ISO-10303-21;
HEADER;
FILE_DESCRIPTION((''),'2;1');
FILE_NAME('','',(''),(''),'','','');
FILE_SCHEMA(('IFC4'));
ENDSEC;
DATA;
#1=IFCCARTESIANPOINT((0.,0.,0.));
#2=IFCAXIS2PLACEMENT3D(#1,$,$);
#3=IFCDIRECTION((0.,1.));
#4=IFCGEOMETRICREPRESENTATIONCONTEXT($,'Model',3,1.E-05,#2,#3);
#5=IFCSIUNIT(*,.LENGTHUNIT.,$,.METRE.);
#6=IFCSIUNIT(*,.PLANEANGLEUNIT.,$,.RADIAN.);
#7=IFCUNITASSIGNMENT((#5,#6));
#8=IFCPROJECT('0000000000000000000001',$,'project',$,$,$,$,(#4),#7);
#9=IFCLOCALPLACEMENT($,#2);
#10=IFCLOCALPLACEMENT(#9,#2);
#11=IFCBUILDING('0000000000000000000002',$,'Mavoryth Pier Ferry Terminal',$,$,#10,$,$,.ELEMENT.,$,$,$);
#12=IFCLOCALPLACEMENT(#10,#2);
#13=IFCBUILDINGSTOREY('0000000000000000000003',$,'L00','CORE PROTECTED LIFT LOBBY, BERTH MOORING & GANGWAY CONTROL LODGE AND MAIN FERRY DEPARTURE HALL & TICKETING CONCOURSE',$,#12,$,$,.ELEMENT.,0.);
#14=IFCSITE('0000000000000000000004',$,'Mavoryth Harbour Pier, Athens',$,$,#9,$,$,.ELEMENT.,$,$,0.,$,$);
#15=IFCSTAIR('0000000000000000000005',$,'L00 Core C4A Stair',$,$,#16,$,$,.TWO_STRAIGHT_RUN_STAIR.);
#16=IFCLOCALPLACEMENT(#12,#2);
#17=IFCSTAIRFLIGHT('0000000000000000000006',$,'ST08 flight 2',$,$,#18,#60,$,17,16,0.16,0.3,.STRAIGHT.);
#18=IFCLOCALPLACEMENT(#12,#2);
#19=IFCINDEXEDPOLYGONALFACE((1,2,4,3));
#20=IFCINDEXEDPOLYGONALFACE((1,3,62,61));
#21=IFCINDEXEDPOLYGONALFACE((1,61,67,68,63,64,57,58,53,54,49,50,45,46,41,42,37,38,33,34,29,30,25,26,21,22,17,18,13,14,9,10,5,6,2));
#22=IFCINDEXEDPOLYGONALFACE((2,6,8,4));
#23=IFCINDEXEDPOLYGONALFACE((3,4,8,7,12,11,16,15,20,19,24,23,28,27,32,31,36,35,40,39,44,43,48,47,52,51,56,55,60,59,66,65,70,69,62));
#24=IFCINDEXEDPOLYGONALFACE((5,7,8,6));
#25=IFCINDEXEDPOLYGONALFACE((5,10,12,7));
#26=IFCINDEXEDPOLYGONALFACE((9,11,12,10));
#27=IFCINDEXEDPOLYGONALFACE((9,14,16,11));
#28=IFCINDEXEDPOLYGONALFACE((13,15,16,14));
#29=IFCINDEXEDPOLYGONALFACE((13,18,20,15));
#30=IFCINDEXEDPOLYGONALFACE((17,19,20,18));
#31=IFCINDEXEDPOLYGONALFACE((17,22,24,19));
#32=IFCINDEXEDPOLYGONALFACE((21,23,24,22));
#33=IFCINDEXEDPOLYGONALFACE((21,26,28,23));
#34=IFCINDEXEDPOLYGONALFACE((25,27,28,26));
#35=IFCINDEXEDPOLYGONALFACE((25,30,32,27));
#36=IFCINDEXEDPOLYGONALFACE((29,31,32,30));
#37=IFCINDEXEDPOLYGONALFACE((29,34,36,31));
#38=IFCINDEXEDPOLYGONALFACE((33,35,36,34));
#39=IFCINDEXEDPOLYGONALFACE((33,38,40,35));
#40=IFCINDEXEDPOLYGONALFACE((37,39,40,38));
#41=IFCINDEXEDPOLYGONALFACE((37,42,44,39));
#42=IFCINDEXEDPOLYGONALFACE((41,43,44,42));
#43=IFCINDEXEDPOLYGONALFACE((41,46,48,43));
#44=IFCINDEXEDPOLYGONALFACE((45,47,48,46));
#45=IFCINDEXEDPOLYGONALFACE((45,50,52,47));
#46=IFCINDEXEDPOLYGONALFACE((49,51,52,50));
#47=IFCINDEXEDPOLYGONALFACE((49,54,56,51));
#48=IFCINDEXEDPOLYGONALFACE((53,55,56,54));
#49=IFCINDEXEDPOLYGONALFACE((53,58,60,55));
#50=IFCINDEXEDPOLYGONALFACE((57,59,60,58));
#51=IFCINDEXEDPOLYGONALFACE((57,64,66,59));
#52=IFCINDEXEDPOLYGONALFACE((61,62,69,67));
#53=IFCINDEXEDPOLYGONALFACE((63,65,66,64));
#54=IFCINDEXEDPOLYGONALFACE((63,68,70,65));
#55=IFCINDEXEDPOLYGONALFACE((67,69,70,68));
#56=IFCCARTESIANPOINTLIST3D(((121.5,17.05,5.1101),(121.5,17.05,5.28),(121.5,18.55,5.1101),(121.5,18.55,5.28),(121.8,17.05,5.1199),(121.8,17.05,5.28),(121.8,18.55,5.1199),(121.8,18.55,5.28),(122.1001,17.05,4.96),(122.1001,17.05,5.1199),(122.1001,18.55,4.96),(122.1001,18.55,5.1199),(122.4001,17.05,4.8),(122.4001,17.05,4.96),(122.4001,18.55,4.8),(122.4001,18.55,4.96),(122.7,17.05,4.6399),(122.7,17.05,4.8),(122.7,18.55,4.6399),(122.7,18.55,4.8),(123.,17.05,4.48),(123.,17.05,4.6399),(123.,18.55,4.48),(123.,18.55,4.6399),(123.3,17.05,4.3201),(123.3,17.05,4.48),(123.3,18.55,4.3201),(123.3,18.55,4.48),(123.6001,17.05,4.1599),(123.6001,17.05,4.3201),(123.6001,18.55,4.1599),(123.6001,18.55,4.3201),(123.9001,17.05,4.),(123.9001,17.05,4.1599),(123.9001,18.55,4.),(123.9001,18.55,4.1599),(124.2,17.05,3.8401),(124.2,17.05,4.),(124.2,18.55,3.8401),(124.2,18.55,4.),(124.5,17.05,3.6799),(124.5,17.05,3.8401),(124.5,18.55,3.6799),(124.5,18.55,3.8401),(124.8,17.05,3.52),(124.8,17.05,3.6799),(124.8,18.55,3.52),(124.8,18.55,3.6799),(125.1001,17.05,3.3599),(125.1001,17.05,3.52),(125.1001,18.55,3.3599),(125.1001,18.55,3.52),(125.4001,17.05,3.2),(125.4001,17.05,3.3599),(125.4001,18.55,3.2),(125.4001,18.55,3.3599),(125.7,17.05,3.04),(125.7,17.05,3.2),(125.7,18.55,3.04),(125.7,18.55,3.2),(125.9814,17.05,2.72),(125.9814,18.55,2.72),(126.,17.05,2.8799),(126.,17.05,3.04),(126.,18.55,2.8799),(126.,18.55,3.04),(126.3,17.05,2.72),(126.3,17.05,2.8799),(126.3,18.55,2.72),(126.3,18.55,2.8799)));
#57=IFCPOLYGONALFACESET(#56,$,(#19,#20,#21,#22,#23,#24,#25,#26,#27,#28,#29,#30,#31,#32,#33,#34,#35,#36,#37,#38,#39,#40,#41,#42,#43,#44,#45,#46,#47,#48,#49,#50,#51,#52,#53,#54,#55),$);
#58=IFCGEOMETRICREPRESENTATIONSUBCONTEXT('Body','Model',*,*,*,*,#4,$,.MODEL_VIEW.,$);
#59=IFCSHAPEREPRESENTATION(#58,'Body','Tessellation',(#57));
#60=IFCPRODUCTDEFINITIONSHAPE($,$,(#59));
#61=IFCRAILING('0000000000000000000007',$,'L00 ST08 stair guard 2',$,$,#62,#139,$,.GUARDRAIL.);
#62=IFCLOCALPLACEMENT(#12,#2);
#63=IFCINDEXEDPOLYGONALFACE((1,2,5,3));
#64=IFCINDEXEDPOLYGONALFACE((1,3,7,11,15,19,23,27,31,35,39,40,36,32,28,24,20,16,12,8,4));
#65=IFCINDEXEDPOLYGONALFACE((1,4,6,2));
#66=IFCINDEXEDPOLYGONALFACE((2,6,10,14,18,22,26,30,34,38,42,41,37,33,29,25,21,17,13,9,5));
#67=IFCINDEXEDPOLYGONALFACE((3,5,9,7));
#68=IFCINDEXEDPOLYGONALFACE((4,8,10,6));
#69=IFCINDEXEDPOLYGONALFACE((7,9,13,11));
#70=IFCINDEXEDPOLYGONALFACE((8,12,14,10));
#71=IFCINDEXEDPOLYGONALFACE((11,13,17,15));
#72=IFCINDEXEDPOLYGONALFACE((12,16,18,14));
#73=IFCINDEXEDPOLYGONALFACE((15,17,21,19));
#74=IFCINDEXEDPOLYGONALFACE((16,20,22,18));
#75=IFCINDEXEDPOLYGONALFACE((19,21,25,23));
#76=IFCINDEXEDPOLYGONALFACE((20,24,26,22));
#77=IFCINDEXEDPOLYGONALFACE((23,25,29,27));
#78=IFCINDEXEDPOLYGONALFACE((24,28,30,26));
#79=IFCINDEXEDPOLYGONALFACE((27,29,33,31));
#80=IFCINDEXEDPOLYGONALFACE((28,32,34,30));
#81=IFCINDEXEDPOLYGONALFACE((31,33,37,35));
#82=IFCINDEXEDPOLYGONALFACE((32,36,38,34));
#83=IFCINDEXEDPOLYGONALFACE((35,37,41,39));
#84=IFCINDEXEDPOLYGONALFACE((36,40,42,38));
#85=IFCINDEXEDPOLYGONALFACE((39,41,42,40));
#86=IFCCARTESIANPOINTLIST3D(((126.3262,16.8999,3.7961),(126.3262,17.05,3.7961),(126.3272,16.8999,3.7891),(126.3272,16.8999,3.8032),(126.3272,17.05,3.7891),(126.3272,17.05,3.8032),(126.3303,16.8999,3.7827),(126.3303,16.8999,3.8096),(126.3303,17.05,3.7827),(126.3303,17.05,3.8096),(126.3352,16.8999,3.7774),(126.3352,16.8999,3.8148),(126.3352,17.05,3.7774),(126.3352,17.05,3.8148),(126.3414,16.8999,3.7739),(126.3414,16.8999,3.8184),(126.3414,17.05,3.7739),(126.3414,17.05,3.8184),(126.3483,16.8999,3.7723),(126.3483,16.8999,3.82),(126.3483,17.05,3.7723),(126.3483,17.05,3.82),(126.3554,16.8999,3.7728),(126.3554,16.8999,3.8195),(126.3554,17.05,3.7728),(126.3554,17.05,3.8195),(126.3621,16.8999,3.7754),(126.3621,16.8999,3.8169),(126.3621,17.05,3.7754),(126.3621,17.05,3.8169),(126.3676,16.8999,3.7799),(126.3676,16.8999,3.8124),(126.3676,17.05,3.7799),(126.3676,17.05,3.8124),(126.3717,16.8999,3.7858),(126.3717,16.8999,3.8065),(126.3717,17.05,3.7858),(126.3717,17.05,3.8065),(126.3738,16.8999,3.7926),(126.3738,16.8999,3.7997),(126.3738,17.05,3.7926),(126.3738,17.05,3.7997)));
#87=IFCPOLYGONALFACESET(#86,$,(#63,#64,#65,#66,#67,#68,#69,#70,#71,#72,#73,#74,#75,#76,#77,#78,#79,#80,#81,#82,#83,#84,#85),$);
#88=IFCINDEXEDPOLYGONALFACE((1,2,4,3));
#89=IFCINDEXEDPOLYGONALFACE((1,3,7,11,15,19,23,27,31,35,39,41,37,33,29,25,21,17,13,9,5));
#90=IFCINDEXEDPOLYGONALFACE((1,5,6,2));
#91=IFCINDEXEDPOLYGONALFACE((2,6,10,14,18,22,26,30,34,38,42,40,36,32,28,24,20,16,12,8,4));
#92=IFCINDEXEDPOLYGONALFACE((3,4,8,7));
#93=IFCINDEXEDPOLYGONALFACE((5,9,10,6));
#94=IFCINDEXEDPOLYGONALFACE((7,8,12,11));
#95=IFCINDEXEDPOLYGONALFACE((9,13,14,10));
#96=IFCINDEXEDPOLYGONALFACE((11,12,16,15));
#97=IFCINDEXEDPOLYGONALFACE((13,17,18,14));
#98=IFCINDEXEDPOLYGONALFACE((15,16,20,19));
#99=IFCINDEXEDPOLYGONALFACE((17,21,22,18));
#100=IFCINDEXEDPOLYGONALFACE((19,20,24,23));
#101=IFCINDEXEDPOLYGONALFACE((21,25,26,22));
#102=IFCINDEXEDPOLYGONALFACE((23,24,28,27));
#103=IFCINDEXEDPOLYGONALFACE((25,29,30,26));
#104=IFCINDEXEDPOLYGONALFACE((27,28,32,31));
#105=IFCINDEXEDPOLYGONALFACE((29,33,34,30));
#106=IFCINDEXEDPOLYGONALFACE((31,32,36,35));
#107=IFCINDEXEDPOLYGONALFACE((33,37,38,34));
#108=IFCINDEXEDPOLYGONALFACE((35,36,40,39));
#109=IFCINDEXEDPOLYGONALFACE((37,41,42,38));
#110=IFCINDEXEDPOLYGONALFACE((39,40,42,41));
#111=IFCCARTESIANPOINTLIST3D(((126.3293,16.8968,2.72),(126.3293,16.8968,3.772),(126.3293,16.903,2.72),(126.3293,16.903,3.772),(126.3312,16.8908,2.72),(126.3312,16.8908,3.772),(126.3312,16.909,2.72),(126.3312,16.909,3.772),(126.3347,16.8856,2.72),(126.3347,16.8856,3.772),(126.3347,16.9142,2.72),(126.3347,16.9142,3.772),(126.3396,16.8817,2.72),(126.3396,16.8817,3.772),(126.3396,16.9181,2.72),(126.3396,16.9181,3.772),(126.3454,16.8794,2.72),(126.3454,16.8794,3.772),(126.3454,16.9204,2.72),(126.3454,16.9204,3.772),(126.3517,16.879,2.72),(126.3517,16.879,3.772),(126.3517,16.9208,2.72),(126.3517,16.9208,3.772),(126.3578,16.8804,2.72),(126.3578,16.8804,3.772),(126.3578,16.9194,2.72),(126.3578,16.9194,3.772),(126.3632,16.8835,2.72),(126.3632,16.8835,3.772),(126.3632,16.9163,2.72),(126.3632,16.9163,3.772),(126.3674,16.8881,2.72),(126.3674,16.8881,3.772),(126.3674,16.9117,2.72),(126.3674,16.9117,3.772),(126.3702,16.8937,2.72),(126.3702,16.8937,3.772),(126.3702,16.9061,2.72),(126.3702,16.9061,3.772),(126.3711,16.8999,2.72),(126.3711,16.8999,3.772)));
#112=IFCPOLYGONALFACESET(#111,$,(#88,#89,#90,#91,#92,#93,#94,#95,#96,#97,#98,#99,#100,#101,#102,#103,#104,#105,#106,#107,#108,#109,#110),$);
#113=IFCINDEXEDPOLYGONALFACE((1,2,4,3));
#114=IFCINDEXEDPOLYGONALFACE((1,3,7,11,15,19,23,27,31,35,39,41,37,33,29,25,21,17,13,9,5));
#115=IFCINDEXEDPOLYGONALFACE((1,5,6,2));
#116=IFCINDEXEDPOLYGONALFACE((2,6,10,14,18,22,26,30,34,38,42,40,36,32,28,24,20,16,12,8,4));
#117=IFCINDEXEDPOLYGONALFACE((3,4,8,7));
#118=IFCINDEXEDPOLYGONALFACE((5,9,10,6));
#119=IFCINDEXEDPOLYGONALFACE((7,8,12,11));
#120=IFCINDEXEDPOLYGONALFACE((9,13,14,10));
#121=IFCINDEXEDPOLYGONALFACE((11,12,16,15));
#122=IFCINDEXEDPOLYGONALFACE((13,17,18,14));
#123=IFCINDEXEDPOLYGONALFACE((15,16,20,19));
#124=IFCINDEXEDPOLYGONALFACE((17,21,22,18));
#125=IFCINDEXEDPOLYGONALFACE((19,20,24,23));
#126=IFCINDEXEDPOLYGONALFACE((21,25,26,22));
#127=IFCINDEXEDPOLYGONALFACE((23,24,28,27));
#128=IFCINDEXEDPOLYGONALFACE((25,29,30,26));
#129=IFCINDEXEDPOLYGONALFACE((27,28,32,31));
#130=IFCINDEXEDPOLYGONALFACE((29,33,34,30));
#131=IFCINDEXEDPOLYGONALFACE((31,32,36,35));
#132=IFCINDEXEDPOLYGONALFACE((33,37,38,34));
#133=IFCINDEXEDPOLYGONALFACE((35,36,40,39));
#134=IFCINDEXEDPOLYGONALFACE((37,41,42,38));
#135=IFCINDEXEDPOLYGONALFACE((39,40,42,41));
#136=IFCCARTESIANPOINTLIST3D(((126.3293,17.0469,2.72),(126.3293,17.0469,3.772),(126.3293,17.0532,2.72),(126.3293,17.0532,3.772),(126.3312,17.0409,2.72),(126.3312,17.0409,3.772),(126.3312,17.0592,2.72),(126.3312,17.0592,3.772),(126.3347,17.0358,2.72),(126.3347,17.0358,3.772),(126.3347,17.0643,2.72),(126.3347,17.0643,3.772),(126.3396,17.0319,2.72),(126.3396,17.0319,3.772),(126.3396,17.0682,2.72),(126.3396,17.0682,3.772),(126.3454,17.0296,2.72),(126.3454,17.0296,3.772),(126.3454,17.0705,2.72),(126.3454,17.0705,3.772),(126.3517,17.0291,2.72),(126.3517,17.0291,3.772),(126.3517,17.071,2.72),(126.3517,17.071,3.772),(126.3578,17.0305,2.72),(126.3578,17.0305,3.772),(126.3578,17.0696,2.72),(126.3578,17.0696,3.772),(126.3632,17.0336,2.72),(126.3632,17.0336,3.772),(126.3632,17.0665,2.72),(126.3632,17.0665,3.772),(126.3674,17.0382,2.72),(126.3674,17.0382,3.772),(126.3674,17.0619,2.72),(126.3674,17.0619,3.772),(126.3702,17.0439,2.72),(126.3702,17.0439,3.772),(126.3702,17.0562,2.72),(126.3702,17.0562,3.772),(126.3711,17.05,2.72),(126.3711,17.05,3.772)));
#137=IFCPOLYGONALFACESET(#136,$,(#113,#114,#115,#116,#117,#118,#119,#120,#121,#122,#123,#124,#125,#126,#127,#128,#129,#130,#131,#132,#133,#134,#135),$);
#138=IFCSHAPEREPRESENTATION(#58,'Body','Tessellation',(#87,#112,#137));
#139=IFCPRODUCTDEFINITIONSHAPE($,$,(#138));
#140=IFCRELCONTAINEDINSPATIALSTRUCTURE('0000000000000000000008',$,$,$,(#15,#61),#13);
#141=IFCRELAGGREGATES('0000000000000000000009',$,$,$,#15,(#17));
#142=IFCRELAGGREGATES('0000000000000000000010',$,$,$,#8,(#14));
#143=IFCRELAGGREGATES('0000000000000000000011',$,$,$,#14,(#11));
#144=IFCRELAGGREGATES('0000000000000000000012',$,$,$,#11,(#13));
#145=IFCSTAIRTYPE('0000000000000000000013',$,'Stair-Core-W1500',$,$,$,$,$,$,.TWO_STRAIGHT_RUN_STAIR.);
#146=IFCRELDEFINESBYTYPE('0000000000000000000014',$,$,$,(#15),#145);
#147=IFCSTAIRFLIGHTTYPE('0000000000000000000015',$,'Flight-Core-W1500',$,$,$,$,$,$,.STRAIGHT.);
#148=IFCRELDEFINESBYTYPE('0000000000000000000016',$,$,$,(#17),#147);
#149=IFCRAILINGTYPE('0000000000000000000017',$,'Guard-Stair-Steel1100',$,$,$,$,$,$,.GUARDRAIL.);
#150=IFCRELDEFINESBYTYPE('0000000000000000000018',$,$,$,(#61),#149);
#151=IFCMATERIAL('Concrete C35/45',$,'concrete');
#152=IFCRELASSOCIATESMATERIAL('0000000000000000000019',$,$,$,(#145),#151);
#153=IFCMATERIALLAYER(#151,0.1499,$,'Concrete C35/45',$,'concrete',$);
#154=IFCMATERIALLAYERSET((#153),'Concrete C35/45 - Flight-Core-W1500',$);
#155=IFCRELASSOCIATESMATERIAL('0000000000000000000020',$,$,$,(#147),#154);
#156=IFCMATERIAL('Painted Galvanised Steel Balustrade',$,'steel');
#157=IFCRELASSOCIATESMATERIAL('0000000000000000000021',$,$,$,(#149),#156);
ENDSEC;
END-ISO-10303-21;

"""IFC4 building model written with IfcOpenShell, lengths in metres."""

from ifc_helpers import new_model, si_unit, direction, frame, origin, origin_2d, place, context, subcontext, project, spatial, polyline, circle, outline, extrude, material, layer, layer_set, type_object, element, aggregate, save


model = new_model("IFC4")

# Units and contexts
model_context = context("Model", 3, precision=1e-05, world=origin(), true_north=direction((0.0, 1.0)))
body_context = subcontext(model_context, "Body", "Model", "MODEL_VIEW")
ifc_project = project(units=[si_unit("LENGTHUNIT", "METRE"), si_unit("PLANEANGLEUNIT", "RADIAN")], contexts=[model_context])

# Site, building, storey
site_placement = place(None, origin())
site = spatial("IfcSite", under=ifc_project, at=site_placement, Name="Mavoryth Harbour Pier, Athens", CompositionType="ELEMENT", RefElevation=0.0)
building_placement = place(site_placement, origin())
building = spatial("IfcBuilding", under=site, at=building_placement, Name="Mavoryth Pier Ferry Terminal", CompositionType="ELEMENT")
storey_placement = place(building_placement, origin())
storey = spatial("IfcBuildingStorey", under=building, at=storey_placement, Name="L00", Description="CORE PROTECTED LIFT LOBBY, BERTH MOORING & GANGWAY CONTROL LODGE AND MAIN FERRY DEPARTURE HALL & TICKETING CONCOURSE", CompositionType="ELEMENT", Elevation=0.0)

# Shared definitions
ifc_material_1 = material(Name="Concrete C35/45", Category="concrete")

# Stair, stair flight
stair_type = type_object("IfcStairType", Name="Stair-Core-W1500", PredefinedType="TWO_STRAIGHT_RUN_STAIR", material=ifc_material_1)
stair_placement = place(storey_placement, origin())
stair = element("IfcStair", 1, at=stair_placement, inside=storey, type_object=stair_type, Name="L00 Core C4A Stair", PredefinedType="TWO_STRAIGHT_RUN_STAIR")
ifc_layer_1 = layer(ifc_material_1, 0.1499, Name="Concrete C35/45", Category="concrete")
ifc_layer_set_1 = layer_set([ifc_layer_1], Name="Concrete C35/45 - Flight-Core-W1500")
stair_flight_type = type_object("IfcStairFlightType", Name="Flight-Core-W1500", PredefinedType="STRAIGHT", material=ifc_layer_set_1)
stair_flight_placement = place(storey_placement, frame((126.3, 17.8, 2.72), z_axis=(0.0, 0.0, 1.0), x_axis=(-1.0, 0.0, 0.0)))
stair_flight = element("IfcStairFlight", 2, at=stair_flight_placement, type_object=stair_flight_type, Name="ST08 flight 2", NumberOfRisers=17, NumberOfTreads=16, PredefinedType="STRAIGHT", RiserHeight=0.16, TreadLength=0.3, context=body_context, shape_type="SweptSolid", body=[
    extrude(outline(polyline([(0.0, 0.0), (0.0, 0.1599), (0.3, 0.1599), (0.3, 0.3201), (0.6001, 0.3201), (0.6001, 0.48), (0.8999, 0.48), (0.8999, 0.6399), (1.2, 0.6399), (1.2, 0.8), (1.5, 0.8), (1.5, 0.96), (1.8, 0.96), (1.8, 1.1201), (2.1001, 1.1201), (2.1001, 1.28), (2.3999, 1.28), (2.3999, 1.4399), (2.7, 1.4399), (2.7, 1.6001), (3.0, 1.6001), (3.0, 1.76), (3.3, 1.76), (3.3, 1.9199), (3.6001, 1.9199), (3.6001, 2.0801), (3.8999, 2.0801), (3.8999, 2.24), (4.2, 2.24), (4.2, 2.3999), (4.5, 2.3999), (4.5, 2.5601), (4.8, 2.5601), (4.8, 2.72), (4.8, 2.3901), (0.3186, 0.0), (0.0, 0.0)])), frame((0.0, 0.75, 0.0), z_axis=(0.0, -1.0, 0.0), x_axis=(1.0, 0.0, 0.0)), (0.0, 0.0, 1.0), 1.5),
])
aggregate(stair, [stair_flight])

# Railing
ifc_material_2 = material(Name="Painted Galvanised Steel Balustrade", Category="steel")
railing_type_1 = type_object("IfcRailingType", Name="Guard-Stair-Steel1100", PredefinedType="GUARDRAIL", material=ifc_material_2)
railing_1_placement = place(storey_placement, frame((126.3501, 16.8999, 2.72)))
element("IfcRailing", 3, at=railing_1_placement, inside=storey, type_object=railing_type_1, Name="L00 ST08 stair guard 2", PredefinedType="GUARDRAIL", context=body_context, shape_type="SweptSolid", body=[
    extrude(circle(Radius=0.0239, at=origin_2d()), frame((0.0, 0.0, 1.0762), z_axis=(0.0, 1.0, 0.0), x_axis=(-1.0, 0.0, 0.0)), (0.0, 0.0, 1.0), 0.1501),
    extrude(circle(Radius=0.021, at=origin_2d()), origin(), (0.0, 0.0, 1.0), 1.052),
    extrude(circle(Radius=0.021, at=origin_2d()), frame((0.0, 0.1501, 0.0)), (0.0, 0.0, 1.0), 1.052),
])

save(model, "model.ifc")
